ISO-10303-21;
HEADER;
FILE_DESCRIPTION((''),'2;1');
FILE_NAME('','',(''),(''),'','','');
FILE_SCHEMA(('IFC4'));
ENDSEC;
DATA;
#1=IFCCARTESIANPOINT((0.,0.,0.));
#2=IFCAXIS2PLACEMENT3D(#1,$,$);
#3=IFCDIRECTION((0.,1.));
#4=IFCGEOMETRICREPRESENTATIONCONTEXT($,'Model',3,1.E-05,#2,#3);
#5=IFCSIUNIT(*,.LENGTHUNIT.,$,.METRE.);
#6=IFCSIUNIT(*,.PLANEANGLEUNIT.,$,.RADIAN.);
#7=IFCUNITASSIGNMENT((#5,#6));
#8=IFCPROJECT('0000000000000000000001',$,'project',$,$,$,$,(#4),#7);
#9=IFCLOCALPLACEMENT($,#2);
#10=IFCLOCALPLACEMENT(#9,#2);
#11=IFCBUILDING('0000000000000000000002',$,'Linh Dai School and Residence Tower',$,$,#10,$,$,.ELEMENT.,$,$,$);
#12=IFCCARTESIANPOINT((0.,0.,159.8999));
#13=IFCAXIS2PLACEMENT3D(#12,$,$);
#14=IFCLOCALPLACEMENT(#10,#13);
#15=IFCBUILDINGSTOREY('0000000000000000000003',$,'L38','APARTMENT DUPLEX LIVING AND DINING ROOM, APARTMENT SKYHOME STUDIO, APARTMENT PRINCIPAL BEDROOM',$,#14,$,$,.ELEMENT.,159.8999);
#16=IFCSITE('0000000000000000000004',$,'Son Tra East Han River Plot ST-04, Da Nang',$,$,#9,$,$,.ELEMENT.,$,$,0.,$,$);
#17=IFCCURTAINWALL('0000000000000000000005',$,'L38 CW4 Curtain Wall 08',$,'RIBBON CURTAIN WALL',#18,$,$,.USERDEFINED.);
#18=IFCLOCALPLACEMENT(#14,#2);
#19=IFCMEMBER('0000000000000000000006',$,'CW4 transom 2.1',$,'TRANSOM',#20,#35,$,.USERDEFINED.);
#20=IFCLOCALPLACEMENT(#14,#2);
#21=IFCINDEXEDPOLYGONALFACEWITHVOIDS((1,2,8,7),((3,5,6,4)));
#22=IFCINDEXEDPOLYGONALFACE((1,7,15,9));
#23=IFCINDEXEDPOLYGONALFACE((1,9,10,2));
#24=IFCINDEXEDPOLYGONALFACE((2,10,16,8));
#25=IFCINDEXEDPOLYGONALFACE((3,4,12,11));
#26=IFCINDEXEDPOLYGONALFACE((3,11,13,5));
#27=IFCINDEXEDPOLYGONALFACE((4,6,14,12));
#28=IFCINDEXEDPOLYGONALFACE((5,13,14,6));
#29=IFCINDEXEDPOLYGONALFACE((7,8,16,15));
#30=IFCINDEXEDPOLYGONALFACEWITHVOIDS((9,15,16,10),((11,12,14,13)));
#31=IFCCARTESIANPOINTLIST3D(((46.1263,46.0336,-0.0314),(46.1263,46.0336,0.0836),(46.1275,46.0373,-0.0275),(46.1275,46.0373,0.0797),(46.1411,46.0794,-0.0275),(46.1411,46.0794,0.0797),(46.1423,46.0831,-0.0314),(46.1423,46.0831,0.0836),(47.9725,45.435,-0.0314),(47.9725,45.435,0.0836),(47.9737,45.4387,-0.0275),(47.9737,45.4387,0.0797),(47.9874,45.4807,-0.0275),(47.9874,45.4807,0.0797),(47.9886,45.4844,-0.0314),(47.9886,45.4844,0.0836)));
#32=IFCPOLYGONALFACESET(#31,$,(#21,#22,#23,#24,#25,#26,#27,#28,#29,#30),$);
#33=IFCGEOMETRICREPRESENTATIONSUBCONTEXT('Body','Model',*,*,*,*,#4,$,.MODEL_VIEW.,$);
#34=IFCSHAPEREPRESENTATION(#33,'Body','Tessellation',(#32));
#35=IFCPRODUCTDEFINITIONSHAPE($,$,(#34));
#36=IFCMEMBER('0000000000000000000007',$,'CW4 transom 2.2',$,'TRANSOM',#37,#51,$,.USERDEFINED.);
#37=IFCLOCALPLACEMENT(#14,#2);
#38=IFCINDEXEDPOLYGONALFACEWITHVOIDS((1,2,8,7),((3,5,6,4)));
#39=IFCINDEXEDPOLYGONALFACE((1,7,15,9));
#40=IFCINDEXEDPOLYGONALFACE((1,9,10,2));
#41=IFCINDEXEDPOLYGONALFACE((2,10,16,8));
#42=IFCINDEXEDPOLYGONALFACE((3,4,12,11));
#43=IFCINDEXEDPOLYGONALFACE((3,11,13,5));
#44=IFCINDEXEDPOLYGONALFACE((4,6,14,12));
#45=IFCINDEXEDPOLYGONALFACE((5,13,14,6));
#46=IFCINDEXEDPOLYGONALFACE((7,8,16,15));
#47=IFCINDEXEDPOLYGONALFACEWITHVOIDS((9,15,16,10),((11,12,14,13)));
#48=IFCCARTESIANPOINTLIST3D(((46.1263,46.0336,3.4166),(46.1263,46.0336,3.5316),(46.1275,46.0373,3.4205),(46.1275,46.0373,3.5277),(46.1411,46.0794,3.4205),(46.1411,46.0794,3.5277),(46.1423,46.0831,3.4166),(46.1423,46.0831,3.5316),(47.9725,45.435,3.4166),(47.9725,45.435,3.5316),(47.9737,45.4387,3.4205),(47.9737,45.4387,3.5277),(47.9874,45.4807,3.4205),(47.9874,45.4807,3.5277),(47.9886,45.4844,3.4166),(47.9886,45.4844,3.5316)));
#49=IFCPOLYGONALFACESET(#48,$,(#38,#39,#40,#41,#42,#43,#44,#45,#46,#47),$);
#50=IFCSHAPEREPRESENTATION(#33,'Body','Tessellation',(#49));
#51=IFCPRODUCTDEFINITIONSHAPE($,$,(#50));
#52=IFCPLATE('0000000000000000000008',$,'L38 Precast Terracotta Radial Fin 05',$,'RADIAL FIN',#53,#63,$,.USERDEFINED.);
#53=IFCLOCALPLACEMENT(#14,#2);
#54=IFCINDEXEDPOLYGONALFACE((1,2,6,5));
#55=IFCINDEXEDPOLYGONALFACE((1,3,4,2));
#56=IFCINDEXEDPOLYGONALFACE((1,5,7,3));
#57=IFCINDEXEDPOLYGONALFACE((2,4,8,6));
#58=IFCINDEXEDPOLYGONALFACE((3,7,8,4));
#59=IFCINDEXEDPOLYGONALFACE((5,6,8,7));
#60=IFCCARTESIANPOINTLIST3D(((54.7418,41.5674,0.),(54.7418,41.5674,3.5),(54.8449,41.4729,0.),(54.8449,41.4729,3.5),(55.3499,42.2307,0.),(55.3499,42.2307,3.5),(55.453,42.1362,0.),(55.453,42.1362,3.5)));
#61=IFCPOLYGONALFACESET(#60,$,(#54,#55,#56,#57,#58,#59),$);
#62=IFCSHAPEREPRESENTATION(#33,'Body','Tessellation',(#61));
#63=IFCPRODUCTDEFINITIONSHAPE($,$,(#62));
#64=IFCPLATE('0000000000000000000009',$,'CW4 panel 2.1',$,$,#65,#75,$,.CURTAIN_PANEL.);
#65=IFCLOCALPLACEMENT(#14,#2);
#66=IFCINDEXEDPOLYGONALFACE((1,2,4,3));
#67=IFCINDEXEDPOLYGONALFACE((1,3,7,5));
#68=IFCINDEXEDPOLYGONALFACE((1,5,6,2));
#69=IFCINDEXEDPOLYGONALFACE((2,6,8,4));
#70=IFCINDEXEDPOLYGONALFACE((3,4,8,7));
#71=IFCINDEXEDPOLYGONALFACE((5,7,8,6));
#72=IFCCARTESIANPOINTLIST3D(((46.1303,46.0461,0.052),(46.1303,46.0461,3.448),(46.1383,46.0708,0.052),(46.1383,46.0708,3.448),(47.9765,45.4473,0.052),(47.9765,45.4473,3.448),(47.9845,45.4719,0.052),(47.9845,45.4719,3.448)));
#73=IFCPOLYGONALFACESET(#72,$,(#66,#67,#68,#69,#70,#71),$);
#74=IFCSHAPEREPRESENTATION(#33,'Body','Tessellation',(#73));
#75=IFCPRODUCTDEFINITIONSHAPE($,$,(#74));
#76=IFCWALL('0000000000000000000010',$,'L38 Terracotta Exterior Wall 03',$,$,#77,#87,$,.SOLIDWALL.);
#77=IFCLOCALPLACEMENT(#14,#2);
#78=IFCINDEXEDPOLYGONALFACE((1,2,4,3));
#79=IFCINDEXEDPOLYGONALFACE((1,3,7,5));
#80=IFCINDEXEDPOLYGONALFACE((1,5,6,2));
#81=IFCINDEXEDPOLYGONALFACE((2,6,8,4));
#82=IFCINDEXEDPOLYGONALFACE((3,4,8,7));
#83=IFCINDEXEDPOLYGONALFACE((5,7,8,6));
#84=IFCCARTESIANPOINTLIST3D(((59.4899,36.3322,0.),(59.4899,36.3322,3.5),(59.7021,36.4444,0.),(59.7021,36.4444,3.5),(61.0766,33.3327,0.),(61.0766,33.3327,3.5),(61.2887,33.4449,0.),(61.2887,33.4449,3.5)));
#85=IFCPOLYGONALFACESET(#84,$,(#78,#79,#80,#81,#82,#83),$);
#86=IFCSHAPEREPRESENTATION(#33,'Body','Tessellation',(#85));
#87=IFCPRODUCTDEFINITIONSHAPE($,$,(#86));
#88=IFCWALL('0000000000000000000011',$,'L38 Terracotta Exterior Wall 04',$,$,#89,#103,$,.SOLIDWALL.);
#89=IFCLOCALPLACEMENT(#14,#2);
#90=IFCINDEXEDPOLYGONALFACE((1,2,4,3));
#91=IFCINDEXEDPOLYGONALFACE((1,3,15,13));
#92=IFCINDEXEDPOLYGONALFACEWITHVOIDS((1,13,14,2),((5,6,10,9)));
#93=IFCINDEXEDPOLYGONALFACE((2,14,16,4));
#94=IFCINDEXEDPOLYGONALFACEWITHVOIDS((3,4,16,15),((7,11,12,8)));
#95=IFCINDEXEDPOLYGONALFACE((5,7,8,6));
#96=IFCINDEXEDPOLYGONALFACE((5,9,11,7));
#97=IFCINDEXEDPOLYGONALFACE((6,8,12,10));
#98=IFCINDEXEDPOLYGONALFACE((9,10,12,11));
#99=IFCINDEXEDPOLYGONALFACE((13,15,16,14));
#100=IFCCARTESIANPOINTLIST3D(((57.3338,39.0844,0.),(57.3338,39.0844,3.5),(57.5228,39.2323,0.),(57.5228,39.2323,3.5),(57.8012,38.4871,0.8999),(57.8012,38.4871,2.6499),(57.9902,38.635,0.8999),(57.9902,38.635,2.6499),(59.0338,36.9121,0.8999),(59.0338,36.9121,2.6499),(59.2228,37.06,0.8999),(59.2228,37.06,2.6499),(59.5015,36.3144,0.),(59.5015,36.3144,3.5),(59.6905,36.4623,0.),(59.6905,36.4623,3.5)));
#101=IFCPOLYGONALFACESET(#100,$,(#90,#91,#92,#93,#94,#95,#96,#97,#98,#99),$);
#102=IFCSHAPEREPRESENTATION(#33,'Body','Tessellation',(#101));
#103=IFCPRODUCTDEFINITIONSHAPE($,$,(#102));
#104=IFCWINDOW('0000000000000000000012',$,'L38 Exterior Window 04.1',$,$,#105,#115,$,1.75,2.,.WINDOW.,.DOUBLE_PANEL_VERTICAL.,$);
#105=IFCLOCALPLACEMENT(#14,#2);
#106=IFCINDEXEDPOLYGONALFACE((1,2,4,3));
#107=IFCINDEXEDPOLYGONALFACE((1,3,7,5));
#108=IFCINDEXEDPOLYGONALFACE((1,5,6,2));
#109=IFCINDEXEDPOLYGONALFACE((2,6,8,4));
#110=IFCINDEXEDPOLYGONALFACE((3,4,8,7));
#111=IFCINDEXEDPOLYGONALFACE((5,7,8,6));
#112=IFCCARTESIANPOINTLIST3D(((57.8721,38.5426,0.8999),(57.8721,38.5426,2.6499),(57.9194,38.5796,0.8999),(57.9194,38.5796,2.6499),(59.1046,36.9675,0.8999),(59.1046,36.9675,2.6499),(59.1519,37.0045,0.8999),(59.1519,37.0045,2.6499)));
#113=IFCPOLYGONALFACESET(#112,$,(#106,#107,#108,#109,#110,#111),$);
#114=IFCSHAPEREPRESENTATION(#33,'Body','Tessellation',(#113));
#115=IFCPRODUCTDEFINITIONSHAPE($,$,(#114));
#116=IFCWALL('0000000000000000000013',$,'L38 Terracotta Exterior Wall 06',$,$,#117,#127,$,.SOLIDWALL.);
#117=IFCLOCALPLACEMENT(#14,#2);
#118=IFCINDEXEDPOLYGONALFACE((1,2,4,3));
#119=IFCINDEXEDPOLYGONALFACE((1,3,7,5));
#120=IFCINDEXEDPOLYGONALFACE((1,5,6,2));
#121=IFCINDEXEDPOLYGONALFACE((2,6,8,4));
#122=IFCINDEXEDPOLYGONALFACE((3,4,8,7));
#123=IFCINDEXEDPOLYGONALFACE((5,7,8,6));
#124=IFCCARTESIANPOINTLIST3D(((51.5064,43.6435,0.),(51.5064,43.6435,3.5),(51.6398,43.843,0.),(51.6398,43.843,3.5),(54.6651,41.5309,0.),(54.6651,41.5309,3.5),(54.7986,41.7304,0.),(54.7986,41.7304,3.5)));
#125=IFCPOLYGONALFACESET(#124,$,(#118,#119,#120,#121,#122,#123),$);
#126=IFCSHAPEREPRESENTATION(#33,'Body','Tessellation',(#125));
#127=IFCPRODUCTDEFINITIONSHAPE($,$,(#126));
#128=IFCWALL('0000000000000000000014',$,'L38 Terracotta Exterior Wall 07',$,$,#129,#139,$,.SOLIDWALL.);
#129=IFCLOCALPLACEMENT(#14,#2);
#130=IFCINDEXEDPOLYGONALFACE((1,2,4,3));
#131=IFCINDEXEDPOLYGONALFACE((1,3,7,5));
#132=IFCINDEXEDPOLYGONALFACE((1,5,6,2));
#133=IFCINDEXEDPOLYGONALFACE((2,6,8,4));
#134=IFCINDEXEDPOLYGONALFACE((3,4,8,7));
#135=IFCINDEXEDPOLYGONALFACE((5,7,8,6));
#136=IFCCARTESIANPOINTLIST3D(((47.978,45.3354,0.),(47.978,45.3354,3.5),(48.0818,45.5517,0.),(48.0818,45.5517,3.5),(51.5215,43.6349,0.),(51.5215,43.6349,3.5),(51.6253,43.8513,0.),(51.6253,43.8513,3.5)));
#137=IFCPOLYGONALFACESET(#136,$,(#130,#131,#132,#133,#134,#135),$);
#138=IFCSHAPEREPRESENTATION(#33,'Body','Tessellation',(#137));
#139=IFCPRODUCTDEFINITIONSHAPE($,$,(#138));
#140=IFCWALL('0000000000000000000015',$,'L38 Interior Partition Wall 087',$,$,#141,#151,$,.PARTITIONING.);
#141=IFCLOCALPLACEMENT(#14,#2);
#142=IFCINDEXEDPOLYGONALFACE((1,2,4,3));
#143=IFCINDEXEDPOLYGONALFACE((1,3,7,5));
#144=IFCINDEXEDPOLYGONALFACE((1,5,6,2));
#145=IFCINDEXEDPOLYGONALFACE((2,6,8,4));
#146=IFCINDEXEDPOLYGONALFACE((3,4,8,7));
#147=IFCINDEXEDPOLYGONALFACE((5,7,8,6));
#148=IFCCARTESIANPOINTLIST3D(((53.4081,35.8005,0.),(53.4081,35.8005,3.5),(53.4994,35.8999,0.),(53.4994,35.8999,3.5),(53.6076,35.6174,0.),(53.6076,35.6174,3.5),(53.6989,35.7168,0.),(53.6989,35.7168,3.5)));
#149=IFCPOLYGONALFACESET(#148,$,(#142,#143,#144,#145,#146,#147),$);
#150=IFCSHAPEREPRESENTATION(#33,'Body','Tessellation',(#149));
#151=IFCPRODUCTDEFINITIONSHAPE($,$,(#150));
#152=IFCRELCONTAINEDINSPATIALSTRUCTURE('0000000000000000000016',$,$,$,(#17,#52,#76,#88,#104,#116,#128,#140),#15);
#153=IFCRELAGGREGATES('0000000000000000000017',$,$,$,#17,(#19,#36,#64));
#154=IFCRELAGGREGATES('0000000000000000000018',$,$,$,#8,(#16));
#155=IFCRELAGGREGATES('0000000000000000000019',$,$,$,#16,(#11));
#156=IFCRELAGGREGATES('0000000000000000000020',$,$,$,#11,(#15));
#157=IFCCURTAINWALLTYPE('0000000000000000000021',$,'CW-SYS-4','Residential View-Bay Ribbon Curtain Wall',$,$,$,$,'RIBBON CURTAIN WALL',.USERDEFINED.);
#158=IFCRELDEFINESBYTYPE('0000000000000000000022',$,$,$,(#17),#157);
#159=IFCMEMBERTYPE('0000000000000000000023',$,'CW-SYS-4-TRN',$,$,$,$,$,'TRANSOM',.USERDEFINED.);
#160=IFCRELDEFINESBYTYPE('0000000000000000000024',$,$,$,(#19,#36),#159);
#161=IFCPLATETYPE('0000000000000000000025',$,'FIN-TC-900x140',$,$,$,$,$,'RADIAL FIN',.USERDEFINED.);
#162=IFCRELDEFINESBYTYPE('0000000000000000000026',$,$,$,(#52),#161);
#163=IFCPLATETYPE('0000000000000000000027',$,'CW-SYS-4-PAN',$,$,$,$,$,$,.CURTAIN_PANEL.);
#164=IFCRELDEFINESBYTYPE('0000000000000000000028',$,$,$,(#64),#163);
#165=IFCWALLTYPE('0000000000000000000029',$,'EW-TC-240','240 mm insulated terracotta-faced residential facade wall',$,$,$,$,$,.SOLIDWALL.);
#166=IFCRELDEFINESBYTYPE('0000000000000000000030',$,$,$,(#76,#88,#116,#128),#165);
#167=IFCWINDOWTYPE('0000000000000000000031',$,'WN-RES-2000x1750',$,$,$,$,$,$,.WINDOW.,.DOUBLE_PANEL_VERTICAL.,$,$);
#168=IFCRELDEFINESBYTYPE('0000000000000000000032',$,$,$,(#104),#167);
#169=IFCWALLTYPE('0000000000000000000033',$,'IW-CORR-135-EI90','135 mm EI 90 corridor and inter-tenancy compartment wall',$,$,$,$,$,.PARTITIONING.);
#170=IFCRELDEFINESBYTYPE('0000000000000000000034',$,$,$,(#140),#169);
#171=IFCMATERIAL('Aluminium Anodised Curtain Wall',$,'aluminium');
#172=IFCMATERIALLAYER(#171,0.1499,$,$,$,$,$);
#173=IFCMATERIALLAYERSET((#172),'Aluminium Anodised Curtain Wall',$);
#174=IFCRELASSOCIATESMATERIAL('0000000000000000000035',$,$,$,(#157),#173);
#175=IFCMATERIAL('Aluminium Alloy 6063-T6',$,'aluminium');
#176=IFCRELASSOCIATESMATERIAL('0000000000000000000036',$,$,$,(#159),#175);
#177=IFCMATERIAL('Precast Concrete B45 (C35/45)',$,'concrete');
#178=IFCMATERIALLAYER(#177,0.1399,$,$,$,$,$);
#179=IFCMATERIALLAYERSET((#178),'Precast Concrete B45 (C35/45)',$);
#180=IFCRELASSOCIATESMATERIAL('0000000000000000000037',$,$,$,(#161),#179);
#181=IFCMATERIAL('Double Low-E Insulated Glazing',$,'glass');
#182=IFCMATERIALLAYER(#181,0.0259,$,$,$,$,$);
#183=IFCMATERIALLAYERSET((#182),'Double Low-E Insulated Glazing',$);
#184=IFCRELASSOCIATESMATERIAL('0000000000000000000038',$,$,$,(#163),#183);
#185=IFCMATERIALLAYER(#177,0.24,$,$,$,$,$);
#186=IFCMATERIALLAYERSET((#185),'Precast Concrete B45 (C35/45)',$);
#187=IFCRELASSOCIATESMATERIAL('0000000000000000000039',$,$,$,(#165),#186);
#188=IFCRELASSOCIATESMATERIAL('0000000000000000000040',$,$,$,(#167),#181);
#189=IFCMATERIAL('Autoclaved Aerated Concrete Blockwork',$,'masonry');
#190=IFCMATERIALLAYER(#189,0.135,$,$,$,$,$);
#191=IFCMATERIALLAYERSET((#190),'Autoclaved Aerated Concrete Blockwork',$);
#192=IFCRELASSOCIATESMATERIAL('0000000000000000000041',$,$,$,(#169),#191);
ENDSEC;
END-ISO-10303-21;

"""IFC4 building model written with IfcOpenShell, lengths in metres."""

from ifc_helpers import new_model, si_unit, direction, frame, frame_2d, origin, origin_2d, place, context, subcontext, project, spatial, rectangle, hollow_rectangle, extrude, source, transform, mapped, material, layer, layer_set, material_profile, profile_set, type_object, element, fill, aggregate, save


model = new_model("IFC4")

# Units and contexts
model_context = context("Model", 3, precision=1e-05, world=origin(), true_north=direction((0.0, 1.0)))
body_context = subcontext(model_context, "Body", "Model", "MODEL_VIEW")
ifc_project = project(units=[si_unit("LENGTHUNIT", "METRE"), si_unit("PLANEANGLEUNIT", "RADIAN")], contexts=[model_context])

# Site, building, storey
site_placement = place(None, origin())
site = spatial("IfcSite", under=ifc_project, at=site_placement, Name="Son Tra East Han River Plot ST-04, Da Nang", CompositionType="ELEMENT", RefElevation=0.0)
building_placement = place(site_placement, origin())
building = spatial("IfcBuilding", under=site, at=building_placement, Name="Linh Dai School and Residence Tower", CompositionType="ELEMENT")
storey_placement = place(building_placement, frame((0.0, 0.0, 159.8999)))
storey = spatial("IfcBuildingStorey", under=building, at=storey_placement, Name="L38", Description="APARTMENT DUPLEX LIVING AND DINING ROOM, APARTMENT SKYHOME STUDIO, APARTMENT PRINCIPAL BEDROOM", CompositionType="ELEMENT", Elevation=159.8999)

# Curtain wall, members
ifc_material_1 = material(Name="Aluminium Anodised Curtain Wall", Category="aluminium")
ifc_layer_1 = layer(ifc_material_1, 0.1499)
ifc_layer_set_1 = layer_set([ifc_layer_1], Name="Aluminium Anodised Curtain Wall")
curtain_wall_type = type_object("IfcCurtainWallType", Name="CW-SYS-4", Description="Residential View-Bay Ribbon Curtain Wall", ElementType="RIBBON CURTAIN WALL", PredefinedType="USERDEFINED", material=ifc_layer_set_1)
curtain_wall_placement = place(storey_placement, origin())
curtain_wall = element("IfcCurtainWall", 1, at=curtain_wall_placement, inside=storey, type_object=curtain_wall_type, Name="L38 CW4 Curtain Wall 08", ObjectType="RIBBON CURTAIN WALL", PredefinedType="USERDEFINED")
ifc_material_2 = material(Name="Aluminium Alloy 6063-T6", Category="aluminium")
ifc_material_profile_1 = material_profile(ifc_material_2, hollow_rectangle(XDim=0.052, YDim=0.115, WallThickness=0.0039, at=origin_2d()), Name="RHS 115x52x4")
ifc_profile_set_1 = profile_set([ifc_material_profile_1], Name="Aluminium Alloy 6063-T6")
member_type_1 = type_object("IfcMemberType", Name="CW-SYS-4-TRN", ElementType="TRANSOM", PredefinedType="USERDEFINED", material=ifc_profile_set_1)
shared_shape_1 = source(origin(), body_context, "Body", "SweptSolid", [
    extrude(hollow_rectangle(XDim=0.052, YDim=0.115, WallThickness=0.0039, at=origin_2d()), origin(), (0.0, 0.0, 1.0), 1.9409),
])
member_1_placement = place(storey_placement, frame((46.1343, 46.0583, 0.0261), z_axis=(0.951243, -0.308443, 0.0), x_axis=(0.308443, 0.951243, 0.0)))
member_1 = element("IfcMember", 2, at=member_1_placement, type_object=member_type_1, Name="CW4 transom 2.1", ObjectType="TRANSOM", PredefinedType="USERDEFINED", context=body_context, shape_type="MappedRepresentation", body=[
    mapped(shared_shape_1, transform((0.0, 0.0, 0.0), x_axis=(1.0, 0.0, 0.0), y_axis=(0.0, 1.0, 0.0), z_axis=(0.0, 0.0, 1.0), scale=1.0)),
])
member_2_placement = place(storey_placement, frame((46.1343, 46.0583, 3.4741), z_axis=(0.951243, -0.308443, 0.0), x_axis=(0.308443, 0.951243, 0.0)))
member_2 = element("IfcMember", 3, at=member_2_placement, type_object=member_type_1, Name="CW4 transom 2.2", ObjectType="TRANSOM", PredefinedType="USERDEFINED", context=body_context, shape_type="MappedRepresentation", body=[
    mapped(shared_shape_1, transform((0.0, 0.0, 0.0), x_axis=(1.0, 0.0, 0.0), y_axis=(0.0, 1.0, 0.0), z_axis=(0.0, 0.0, 1.0), scale=1.0)),
])

# Plates
ifc_material_3 = material(Name="Precast Concrete B45 (C35/45)", Category="concrete")
ifc_layer_2 = layer(ifc_material_3, 0.1399)
ifc_layer_set_2 = layer_set([ifc_layer_2], Name="Precast Concrete B45 (C35/45)")
plate_type_1 = type_object("IfcPlateType", Name="FIN-TC-900x140", ElementType="RADIAL FIN", PredefinedType="USERDEFINED", material=ifc_layer_set_2)
shared_shape_2 = source(origin(), body_context, "Body", "SweptSolid", [
    extrude(rectangle(XDim=0.8999, YDim=0.1399, at=origin_2d()), origin(), (0.0, 0.0, 1.0), 3.5),
])
plate_1_placement = place(storey_placement, frame((55.0974, 41.8518, 0.0), z_axis=(0.0, 0.0, 1.0), x_axis=(0.6758, 0.737085, 0.0)))
element("IfcPlate", 4, at=plate_1_placement, inside=storey, type_object=plate_type_1, Name="L38 Precast Terracotta Radial Fin 05", ObjectType="RADIAL FIN", PredefinedType="USERDEFINED", context=body_context, shape_type="MappedRepresentation", body=[
    mapped(shared_shape_2, transform((0.0, 0.0, 0.0), x_axis=(1.0, 0.0, 0.0), y_axis=(0.0, 1.0, 0.0), z_axis=(0.0, 0.0, 1.0), scale=1.0)),
])
ifc_material_4 = material(Name="Double Low-E Insulated Glazing", Category="glass")
ifc_layer_3 = layer(ifc_material_4, 0.0259)
ifc_layer_set_3 = layer_set([ifc_layer_3], Name="Double Low-E Insulated Glazing")
plate_type_2 = type_object("IfcPlateType", Name="CW-SYS-4-PAN", PredefinedType="CURTAIN_PANEL", material=ifc_layer_set_3)
shared_shape_3 = source(origin(), body_context, "Body", "SweptSolid", [
    extrude(rectangle(XDim=1.9409, YDim=0.0259, at=origin_2d()), origin(), (0.0, 0.0, 1.0), 3.396),
])
plate_2_placement = place(storey_placement, frame((47.0574, 45.759, 0.052), z_axis=(0.0, 0.0, 1.0), x_axis=(0.951213, -0.308536, 0.0)))
plate_2 = element("IfcPlate", 5, at=plate_2_placement, type_object=plate_type_2, Name="CW4 panel 2.1", PredefinedType="CURTAIN_PANEL", context=body_context, shape_type="MappedRepresentation", body=[
    mapped(shared_shape_3, transform((0.0, 0.0, 0.0), x_axis=(1.0, 0.0, 0.0), y_axis=(0.0, 1.0, 0.0), z_axis=(0.0, 0.0, 1.0), scale=1.0)),
])
aggregate(curtain_wall, [member_1, member_2, plate_2])

# Wall
ifc_layer_4 = layer(ifc_material_3, 0.24)
ifc_layer_set_4 = layer_set([ifc_layer_4], Name="Precast Concrete B45 (C35/45)")
wall_type_1 = type_object("IfcWallType", Name="EW-TC-240", Description="240 mm insulated terracotta-faced residential facade wall", PredefinedType="SOLIDWALL", material=ifc_layer_set_4)
wall_1_placement = place(storey_placement, frame((59.5959, 36.3884, 0.0), z_axis=(0.0, 0.0, 1.0), x_axis=(0.467587, -0.883947, 0.0)))
element("IfcWall", 6, at=wall_1_placement, inside=storey, type_object=wall_type_1, Name="L38 Terracotta Exterior Wall 03", PredefinedType="SOLIDWALL", context=body_context, shape_type="SweptSolid", body=[
    extrude(rectangle(XDim=3.3933, YDim=0.24, at=frame_2d((1.6968, 0.0))), origin(), (0.0, 0.0, 1.0), 3.5),
])

# Wall, opening, window
wall_2_placement = place(storey_placement, frame((57.4282, 39.1584, 0.0), z_axis=(0.0, 0.0, 1.0), x_axis=(0.616288, -0.787521, 0.0)))
wall_2 = element("IfcWall", 7, at=wall_2_placement, inside=storey, type_object=wall_type_1, Name="L38 Terracotta Exterior Wall 04", PredefinedType="SOLIDWALL", context=body_context, shape_type="SweptSolid", body=[
    extrude(rectangle(XDim=3.5173, YDim=0.24, at=frame_2d((1.7588, 0.0))), origin(), (0.0, 0.0, 1.0), 3.5),
])
opening_1_placement = place(wall_2_placement, frame((0.7585, 0.0, 0.8999)))
opening_1 = element("IfcOpeningElement", 8, at=opening_1_placement, cuts=wall_2, PredefinedType="OPENING", context=body_context, shape_type="SweptSolid", body=[
    extrude(rectangle(XDim=2.0, YDim=1.75, at=origin_2d()), frame((1.0, 0.1299, 0.875), z_axis=(0.0, -1.0, 0.0), x_axis=(1.0, 0.0, 0.0)), (0.0, 0.0, 1.0), 0.26),
])
window_type = type_object("IfcWindowType", Name="WN-RES-2000x1750", PartitioningType="DOUBLE_PANEL_VERTICAL", PredefinedType="WINDOW", material=ifc_material_4)
shared_shape_4 = source(origin(), body_context, "Body", "SweptSolid", [
    extrude(rectangle(XDim=2.0, YDim=1.75, at=origin_2d()), frame((1.0, 0.03, 0.875), z_axis=(0.0, -1.0, 0.0), x_axis=(1.0, 0.0, 0.0)), (0.0, 0.0, 1.0), 0.0601),
])
window_placement = place(opening_1_placement, origin())
window = element("IfcWindow", 9, at=window_placement, inside=storey, type_object=window_type, Name="L38 Exterior Window 04.1", OverallHeight=1.75, OverallWidth=2.0, PartitioningType="DOUBLE_PANEL_VERTICAL", PredefinedType="WINDOW", context=body_context, shape_type="MappedRepresentation", body=[
    mapped(shared_shape_4, transform((0.0, 0.0, 0.0), x_axis=(1.0, 0.0, 0.0), y_axis=(0.0, 1.0, 0.0), z_axis=(0.0, 0.0, 1.0), scale=1.0)),
])
fill(opening_1, window)

# Walls
wall_3_placement = place(storey_placement, frame((51.5732, 43.7432, 0.0), z_axis=(0.0, 0.0, 1.0), x_axis=(0.831229, -0.55593, 0.0)))
element("IfcWall", 10, at=wall_3_placement, inside=storey, type_object=wall_type_1, Name="L38 Terracotta Exterior Wall 06", PredefinedType="SOLIDWALL", context=body_context, shape_type="SweptSolid", body=[
    extrude(rectangle(XDim=3.8, YDim=0.24, at=frame_2d((1.8999, 0.0))), origin(), (0.0, 0.0, 1.0), 3.5),
])
wall_4_placement = place(storey_placement, frame((48.0298, 45.4436, 0.0), z_axis=(0.0, 0.0, 1.0), x_axis=(0.901565, -0.432644, 0.0)))
element("IfcWall", 11, at=wall_4_placement, inside=storey, type_object=wall_type_1, Name="L38 Terracotta Exterior Wall 07", PredefinedType="SOLIDWALL", context=body_context, shape_type="SweptSolid", body=[
    extrude(rectangle(XDim=3.9304, YDim=0.24, at=frame_2d((1.9653, 0.0))), origin(), (0.0, 0.0, 1.0), 3.5),
])
ifc_material_5 = material(Name="Autoclaved Aerated Concrete Blockwork", Category="masonry")
ifc_layer_5 = layer(ifc_material_5, 0.135)
ifc_layer_set_5 = layer_set([ifc_layer_5], Name="Autoclaved Aerated Concrete Blockwork")
wall_type_2 = type_object("IfcWallType", Name="IW-CORR-135-EI90", Description="135 mm EI 90 corridor and inter-tenancy compartment wall", PredefinedType="PARTITIONING", material=ifc_layer_set_5)
wall_5_placement = place(storey_placement, frame((53.4539, 35.8501, 0.0), z_axis=(0.0, 0.0, 1.0), x_axis=(0.736667, -0.676255, 0.0)))
element("IfcWall", 12, at=wall_5_placement, inside=storey, type_object=wall_type_2, Name="L38 Interior Partition Wall 087", PredefinedType="PARTITIONING", context=body_context, shape_type="SweptSolid", body=[
    extrude(rectangle(XDim=0.2708, YDim=0.135, at=frame_2d((0.1353, 0.0))), origin(), (0.0, 0.0, 1.0), 3.5),
])

save(model, "model.ifc")
